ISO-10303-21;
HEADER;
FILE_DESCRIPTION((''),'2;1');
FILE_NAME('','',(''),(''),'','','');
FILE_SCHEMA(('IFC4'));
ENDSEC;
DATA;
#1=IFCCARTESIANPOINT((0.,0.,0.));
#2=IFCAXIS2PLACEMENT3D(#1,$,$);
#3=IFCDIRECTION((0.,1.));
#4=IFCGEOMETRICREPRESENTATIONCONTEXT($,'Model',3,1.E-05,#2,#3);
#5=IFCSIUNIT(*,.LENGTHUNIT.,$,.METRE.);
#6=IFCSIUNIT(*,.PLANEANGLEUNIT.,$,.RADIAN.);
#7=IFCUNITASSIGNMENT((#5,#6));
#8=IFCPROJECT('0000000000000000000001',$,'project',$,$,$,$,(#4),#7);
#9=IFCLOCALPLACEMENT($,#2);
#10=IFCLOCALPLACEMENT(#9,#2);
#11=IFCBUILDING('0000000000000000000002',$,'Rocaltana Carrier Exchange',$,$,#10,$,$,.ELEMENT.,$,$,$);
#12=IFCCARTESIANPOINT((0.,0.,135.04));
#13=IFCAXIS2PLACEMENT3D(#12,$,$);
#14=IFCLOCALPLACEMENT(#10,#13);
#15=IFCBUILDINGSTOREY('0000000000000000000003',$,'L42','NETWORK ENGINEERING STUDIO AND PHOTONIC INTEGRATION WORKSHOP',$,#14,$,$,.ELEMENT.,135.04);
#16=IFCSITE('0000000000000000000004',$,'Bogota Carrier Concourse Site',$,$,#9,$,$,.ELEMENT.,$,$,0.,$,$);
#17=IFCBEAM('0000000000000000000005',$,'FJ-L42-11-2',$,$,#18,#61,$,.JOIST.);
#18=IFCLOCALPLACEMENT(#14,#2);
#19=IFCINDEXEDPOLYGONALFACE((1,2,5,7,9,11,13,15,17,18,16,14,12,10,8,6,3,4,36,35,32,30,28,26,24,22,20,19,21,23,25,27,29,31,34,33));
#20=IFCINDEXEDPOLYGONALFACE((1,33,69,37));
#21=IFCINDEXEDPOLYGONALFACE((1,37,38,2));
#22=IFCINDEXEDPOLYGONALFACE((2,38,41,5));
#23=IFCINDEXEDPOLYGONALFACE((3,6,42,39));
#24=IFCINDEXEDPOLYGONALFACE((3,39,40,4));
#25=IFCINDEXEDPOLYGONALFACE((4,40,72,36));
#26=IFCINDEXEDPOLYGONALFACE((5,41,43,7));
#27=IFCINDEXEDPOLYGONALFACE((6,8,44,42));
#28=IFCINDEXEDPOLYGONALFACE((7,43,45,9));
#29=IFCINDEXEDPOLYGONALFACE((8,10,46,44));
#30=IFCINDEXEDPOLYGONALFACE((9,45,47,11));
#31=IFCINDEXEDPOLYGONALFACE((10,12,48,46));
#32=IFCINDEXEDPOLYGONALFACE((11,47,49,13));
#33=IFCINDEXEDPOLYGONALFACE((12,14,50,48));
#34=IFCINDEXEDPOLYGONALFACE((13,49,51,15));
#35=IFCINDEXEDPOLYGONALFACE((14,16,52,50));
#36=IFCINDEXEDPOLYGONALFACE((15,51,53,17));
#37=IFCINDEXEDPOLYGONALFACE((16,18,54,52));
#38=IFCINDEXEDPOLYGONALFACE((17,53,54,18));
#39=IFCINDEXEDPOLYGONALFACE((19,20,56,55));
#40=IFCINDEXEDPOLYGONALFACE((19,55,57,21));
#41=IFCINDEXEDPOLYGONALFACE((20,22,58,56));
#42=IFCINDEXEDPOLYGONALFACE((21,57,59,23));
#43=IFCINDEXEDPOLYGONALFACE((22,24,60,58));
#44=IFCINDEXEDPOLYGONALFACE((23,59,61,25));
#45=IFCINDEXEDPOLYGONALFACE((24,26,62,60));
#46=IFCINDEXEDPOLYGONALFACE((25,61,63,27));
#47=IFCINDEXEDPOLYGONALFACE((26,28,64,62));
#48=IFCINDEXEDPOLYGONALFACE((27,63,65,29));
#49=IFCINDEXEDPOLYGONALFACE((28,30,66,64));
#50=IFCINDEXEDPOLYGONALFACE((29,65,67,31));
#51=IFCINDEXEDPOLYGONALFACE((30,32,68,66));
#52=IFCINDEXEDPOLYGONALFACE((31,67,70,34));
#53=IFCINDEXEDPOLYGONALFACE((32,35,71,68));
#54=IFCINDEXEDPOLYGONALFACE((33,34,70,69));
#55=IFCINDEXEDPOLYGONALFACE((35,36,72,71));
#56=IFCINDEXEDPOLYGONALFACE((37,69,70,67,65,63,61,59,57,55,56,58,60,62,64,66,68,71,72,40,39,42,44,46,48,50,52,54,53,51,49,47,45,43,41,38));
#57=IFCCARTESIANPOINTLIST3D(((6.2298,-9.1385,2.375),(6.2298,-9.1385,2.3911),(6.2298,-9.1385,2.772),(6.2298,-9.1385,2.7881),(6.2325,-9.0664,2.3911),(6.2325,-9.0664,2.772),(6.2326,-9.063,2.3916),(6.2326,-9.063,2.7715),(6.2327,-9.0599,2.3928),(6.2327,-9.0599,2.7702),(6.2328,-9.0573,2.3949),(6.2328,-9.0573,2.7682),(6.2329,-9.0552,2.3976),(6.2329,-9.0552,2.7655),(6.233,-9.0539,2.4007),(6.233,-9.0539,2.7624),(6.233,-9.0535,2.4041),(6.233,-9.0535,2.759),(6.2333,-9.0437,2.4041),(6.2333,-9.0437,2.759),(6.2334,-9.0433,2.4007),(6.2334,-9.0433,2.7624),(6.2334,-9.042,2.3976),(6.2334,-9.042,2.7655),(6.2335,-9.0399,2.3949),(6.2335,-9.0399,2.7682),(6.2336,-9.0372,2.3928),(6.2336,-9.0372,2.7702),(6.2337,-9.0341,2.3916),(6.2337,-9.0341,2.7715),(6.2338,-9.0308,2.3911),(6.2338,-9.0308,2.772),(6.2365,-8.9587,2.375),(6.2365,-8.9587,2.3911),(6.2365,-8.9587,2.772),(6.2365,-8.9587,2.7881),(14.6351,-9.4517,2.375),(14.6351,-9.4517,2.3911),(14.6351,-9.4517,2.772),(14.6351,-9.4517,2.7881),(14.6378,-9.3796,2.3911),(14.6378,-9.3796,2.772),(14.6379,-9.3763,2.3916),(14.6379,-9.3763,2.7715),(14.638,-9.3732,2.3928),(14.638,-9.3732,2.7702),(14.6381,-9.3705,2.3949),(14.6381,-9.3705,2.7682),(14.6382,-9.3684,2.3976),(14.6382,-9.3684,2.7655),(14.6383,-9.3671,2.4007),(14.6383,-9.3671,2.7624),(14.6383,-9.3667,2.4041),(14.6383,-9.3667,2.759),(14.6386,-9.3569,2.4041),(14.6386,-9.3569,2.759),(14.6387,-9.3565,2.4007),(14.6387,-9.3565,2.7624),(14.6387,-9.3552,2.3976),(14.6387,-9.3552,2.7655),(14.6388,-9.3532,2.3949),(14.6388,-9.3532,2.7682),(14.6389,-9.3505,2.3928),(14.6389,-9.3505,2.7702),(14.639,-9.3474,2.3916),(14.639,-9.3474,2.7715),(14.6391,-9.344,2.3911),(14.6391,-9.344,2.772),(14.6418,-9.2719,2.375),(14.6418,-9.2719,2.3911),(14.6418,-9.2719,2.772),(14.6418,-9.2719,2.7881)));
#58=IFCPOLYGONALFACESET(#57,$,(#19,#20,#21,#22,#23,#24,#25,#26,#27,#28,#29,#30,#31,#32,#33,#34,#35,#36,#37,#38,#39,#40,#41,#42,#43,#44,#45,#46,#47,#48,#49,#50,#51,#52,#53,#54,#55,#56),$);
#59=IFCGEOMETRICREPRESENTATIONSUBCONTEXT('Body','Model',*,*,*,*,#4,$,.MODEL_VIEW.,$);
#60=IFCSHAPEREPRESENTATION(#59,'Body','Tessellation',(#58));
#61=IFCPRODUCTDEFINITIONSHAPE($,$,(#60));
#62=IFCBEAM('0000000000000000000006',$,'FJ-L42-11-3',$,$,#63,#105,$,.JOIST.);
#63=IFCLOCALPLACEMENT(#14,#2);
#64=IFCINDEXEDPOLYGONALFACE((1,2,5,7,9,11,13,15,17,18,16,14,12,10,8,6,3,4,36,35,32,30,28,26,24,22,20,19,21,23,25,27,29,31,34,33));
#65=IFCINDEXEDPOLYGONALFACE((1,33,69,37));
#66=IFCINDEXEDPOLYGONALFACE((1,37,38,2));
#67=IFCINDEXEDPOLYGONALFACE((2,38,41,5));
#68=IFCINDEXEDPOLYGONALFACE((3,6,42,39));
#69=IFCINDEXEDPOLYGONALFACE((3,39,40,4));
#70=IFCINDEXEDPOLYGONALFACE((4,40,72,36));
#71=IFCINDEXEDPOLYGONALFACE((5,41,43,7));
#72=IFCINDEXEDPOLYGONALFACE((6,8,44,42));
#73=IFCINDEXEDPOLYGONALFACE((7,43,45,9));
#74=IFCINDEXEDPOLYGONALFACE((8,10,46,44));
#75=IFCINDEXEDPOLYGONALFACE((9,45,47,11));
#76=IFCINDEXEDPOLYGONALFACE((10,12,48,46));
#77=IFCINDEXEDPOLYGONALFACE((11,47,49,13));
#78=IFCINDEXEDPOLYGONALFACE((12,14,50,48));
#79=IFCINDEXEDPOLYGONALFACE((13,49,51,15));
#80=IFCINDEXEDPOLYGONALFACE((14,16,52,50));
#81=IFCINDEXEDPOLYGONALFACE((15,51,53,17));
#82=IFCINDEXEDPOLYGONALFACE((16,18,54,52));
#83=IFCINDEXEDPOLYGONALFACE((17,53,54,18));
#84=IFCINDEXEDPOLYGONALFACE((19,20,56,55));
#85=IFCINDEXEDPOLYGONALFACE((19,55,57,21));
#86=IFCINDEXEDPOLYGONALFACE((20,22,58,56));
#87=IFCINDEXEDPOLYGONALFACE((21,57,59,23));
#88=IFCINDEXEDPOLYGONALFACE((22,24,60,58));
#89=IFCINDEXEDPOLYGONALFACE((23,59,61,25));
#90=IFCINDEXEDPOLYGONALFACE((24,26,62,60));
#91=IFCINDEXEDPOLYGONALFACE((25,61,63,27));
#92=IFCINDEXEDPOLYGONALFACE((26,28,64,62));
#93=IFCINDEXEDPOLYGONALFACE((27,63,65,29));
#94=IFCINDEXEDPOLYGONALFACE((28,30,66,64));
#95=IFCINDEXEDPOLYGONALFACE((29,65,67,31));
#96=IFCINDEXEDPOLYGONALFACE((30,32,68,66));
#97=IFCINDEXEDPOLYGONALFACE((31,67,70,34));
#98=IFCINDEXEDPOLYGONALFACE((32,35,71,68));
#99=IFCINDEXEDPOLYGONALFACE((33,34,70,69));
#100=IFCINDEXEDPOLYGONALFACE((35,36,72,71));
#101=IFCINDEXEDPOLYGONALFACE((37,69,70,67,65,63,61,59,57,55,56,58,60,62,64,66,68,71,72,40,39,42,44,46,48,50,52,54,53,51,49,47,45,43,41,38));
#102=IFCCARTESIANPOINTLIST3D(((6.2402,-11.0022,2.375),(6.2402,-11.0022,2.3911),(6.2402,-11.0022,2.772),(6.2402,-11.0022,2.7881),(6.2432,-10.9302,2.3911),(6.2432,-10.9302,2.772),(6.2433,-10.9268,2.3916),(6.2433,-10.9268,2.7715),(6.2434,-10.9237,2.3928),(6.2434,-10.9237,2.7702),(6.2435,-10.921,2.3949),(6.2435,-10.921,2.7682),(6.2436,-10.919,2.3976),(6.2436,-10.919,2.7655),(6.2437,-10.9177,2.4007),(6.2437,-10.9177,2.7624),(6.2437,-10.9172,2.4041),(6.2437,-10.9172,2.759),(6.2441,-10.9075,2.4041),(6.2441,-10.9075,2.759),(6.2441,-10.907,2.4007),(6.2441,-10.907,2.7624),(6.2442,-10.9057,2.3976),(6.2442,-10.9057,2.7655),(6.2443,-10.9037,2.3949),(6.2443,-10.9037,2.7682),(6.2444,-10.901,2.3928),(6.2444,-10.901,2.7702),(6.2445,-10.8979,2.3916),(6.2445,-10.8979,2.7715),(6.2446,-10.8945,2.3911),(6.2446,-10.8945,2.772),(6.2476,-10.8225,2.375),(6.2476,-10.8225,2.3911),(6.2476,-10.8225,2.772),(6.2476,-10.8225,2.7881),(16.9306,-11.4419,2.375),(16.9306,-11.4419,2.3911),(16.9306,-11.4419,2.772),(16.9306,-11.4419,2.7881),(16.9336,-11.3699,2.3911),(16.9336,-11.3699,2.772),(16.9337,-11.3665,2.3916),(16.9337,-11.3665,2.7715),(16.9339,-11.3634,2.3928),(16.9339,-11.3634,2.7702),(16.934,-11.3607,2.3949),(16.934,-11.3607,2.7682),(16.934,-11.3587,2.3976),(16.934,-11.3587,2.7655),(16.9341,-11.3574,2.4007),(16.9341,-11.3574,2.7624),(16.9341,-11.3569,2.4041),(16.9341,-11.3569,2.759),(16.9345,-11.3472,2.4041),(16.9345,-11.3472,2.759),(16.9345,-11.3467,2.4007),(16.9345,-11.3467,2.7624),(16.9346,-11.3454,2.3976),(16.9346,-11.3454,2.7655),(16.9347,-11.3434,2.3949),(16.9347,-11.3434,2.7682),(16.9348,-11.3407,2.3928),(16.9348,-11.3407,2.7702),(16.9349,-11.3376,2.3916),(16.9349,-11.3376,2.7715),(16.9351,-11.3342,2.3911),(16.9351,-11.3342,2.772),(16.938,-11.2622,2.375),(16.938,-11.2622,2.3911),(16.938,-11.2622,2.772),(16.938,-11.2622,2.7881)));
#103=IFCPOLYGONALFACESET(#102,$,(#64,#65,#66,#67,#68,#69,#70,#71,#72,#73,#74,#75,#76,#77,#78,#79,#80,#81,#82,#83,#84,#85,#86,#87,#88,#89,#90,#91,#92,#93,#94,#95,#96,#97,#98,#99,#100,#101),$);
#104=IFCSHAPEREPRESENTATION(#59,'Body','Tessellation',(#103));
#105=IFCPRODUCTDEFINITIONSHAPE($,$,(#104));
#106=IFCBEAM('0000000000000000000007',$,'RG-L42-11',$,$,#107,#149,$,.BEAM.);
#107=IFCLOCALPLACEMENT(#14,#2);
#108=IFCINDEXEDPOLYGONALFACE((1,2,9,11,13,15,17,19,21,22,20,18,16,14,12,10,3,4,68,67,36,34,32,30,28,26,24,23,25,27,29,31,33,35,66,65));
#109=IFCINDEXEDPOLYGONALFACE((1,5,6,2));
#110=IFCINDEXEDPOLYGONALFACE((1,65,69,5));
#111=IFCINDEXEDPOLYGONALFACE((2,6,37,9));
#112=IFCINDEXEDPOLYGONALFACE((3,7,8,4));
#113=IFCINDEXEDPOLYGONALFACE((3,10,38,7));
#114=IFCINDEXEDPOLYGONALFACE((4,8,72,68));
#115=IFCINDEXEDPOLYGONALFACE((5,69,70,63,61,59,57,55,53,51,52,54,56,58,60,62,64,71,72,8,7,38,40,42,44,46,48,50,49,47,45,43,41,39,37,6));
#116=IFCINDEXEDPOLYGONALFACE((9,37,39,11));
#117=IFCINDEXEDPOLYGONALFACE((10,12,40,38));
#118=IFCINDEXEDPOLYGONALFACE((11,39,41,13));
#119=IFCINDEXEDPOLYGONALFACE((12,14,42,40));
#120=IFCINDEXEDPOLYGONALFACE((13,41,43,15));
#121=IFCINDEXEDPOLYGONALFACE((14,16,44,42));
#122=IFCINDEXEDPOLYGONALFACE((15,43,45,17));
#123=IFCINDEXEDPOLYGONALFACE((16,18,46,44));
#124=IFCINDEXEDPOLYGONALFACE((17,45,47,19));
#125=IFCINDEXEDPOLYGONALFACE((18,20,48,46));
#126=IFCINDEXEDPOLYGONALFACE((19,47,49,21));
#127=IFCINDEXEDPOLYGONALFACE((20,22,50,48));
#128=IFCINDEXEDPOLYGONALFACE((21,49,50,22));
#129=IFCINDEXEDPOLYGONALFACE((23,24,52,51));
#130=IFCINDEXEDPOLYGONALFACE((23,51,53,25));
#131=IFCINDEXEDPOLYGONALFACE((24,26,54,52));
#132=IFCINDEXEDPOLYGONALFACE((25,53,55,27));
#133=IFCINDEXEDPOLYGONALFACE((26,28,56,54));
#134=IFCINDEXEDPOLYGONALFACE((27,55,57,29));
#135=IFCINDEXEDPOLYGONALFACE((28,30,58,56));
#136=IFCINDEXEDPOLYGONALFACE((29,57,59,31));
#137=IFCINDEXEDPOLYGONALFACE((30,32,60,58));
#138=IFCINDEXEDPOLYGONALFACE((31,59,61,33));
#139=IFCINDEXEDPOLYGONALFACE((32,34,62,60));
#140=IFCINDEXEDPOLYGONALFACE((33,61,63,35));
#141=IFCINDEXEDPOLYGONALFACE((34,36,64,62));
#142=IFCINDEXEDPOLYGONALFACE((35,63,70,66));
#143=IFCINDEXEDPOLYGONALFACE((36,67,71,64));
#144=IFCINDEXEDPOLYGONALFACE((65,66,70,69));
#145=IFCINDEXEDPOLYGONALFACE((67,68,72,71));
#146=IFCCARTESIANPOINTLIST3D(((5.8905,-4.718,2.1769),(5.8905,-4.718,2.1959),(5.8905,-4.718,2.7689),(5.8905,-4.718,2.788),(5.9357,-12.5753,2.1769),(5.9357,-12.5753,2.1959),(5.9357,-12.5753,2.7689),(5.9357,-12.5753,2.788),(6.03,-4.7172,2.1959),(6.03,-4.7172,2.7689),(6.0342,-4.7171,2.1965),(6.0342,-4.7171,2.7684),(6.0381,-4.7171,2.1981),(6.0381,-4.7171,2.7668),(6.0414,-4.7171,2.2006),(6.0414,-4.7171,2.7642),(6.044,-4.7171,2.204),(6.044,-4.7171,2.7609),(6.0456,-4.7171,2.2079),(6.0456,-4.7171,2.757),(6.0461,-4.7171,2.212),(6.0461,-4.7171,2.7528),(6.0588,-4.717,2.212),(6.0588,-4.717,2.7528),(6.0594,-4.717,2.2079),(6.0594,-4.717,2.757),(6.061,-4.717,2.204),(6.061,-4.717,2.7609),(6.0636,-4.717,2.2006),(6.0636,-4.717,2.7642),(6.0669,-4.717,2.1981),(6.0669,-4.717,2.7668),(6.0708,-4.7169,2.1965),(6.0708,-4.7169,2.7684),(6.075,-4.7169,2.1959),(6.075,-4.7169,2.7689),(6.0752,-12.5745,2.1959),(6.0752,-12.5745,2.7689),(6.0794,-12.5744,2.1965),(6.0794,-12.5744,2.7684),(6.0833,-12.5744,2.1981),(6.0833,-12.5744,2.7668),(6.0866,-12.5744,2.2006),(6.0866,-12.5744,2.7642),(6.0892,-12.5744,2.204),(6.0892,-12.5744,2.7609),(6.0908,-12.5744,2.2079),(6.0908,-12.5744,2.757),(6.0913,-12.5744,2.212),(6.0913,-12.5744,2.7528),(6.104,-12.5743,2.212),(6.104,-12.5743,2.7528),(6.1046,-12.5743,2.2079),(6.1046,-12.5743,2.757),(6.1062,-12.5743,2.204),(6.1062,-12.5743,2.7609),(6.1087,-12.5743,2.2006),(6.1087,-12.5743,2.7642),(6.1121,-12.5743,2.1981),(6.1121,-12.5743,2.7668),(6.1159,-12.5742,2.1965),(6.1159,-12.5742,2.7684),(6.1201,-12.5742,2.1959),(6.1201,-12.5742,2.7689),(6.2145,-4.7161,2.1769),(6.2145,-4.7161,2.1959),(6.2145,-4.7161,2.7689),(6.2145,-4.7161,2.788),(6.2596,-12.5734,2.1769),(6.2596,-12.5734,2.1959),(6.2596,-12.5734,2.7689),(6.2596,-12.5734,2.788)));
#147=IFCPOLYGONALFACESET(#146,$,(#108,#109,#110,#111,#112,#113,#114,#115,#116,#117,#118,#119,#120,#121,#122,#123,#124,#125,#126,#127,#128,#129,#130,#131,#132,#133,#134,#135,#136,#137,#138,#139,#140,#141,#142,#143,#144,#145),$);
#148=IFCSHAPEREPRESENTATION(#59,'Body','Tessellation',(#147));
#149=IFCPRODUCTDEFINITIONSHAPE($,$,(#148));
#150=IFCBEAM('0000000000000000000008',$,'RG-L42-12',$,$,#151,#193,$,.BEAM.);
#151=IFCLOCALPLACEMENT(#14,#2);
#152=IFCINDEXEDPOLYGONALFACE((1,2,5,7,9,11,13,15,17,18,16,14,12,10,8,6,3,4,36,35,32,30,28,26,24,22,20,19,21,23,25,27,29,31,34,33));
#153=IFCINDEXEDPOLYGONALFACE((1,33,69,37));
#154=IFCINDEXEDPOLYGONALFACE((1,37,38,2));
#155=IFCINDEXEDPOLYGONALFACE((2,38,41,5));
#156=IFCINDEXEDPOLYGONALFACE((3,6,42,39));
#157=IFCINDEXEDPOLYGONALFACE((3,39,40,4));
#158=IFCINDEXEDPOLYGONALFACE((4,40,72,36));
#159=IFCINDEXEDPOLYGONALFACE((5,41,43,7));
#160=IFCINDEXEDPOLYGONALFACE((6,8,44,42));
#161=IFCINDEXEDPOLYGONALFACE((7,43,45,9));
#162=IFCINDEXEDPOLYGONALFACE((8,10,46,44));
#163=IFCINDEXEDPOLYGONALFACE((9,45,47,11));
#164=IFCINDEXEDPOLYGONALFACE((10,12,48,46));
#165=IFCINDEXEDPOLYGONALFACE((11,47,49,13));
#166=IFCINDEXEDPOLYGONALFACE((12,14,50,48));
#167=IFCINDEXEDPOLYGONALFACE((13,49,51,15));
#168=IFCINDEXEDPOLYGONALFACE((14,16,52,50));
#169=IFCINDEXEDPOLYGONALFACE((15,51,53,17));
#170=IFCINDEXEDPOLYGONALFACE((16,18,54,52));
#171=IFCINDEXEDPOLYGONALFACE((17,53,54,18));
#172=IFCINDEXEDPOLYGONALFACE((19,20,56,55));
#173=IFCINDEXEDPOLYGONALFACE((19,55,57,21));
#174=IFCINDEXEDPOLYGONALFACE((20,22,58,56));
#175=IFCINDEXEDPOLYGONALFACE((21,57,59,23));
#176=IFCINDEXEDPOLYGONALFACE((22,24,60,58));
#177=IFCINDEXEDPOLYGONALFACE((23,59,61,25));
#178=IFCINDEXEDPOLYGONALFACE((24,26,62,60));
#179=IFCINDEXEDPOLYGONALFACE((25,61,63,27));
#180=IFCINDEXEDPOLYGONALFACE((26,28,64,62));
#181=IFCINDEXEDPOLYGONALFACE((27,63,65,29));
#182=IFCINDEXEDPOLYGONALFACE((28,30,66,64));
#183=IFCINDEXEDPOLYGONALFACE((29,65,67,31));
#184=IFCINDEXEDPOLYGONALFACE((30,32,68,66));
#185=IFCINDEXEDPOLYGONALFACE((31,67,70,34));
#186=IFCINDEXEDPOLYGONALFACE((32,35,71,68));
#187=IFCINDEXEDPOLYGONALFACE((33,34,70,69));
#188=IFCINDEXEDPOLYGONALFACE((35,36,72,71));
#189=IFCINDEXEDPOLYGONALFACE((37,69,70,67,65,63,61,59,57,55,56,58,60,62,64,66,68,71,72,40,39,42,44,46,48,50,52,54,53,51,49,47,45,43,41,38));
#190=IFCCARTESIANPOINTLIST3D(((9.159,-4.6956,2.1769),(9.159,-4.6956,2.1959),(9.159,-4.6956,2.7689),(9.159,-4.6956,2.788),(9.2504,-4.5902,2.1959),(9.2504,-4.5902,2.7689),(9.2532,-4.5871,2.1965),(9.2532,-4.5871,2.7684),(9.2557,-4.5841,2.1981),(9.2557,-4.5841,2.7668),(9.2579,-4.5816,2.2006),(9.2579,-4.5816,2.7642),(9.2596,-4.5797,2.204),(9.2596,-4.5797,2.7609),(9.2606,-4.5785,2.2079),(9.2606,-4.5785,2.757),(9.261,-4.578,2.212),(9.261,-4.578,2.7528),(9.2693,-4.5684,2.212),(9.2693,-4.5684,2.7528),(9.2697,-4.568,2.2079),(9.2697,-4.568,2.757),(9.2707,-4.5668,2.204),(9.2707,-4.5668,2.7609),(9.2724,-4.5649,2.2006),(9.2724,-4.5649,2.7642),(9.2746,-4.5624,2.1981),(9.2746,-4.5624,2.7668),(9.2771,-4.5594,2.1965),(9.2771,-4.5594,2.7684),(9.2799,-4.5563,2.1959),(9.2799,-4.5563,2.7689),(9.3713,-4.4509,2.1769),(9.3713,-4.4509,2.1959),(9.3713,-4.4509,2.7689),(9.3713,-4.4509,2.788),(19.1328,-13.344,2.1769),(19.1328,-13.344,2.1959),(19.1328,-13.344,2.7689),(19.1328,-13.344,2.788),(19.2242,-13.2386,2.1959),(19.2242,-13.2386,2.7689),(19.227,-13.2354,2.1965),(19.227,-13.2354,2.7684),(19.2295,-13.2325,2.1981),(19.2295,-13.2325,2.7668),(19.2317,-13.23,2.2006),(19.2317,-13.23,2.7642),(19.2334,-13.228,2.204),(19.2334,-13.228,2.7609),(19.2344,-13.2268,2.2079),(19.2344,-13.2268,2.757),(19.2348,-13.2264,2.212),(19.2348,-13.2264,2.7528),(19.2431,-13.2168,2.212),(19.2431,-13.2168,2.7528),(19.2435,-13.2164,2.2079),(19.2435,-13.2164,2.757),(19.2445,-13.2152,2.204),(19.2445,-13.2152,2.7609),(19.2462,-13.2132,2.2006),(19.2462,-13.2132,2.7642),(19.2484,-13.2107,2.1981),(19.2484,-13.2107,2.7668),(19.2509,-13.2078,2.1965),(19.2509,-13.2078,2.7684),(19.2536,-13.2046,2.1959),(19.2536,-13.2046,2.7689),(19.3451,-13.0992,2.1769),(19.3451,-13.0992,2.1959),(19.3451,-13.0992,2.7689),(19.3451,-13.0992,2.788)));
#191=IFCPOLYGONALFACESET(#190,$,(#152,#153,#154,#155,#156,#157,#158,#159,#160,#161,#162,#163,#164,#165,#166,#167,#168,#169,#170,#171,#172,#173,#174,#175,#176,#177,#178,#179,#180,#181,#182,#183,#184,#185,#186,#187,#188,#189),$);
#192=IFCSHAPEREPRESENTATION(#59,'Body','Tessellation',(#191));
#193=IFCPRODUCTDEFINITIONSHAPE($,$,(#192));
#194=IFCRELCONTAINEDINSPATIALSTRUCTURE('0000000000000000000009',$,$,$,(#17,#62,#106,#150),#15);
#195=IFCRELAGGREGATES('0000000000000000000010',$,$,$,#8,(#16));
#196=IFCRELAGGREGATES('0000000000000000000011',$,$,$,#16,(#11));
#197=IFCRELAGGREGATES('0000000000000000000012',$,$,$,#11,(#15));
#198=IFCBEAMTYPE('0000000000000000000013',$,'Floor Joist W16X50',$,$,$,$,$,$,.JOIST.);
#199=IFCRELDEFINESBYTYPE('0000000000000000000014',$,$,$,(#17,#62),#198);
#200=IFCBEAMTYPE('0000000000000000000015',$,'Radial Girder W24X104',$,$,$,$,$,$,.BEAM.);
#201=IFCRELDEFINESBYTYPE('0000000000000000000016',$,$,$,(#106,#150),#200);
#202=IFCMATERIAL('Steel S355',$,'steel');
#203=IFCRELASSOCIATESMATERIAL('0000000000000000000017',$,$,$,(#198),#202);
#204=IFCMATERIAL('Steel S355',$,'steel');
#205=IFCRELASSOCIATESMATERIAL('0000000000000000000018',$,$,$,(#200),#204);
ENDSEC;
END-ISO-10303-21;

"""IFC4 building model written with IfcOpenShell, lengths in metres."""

from ifc_helpers import new_model, si_unit, direction, frame, origin, origin_2d, place, context, subcontext, project, spatial, i_section, extrude, material, material_profile, profile_set, type_object, element, save


model = new_model("IFC4")

# Units and contexts
model_context = context("Model", 3, precision=1e-05, world=origin(), true_north=direction((0.0, 1.0)))
body_context = subcontext(model_context, "Body", "Model", "MODEL_VIEW")
ifc_project = project(units=[si_unit("LENGTHUNIT", "METRE"), si_unit("PLANEANGLEUNIT", "RADIAN")], contexts=[model_context])

# Site, building, storey
site_placement = place(None, origin())
site = spatial("IfcSite", under=ifc_project, at=site_placement, Name="Bogota Carrier Concourse Site", CompositionType="ELEMENT", RefElevation=0.0)
building_placement = place(site_placement, origin())
building = spatial("IfcBuilding", under=site, at=building_placement, Name="Rocaltana Carrier Exchange", CompositionType="ELEMENT")
storey_placement = place(building_placement, frame((0.0, 0.0, 135.04)))
storey = spatial("IfcBuildingStorey", under=building, at=storey_placement, Name="L42", Description="NETWORK ENGINEERING STUDIO AND PHOTONIC INTEGRATION WORKSHOP", CompositionType="ELEMENT", Elevation=135.04)

# Beams
ifc_material_1 = material(Name="Steel S355", Category="steel")
ifc_material_profile_1 = material_profile(ifc_material_1, i_section(OverallWidth=0.1799, OverallDepth=0.4131, WebThickness=0.0098, FlangeThickness=0.0161, FilletRadius=0.0129, at=origin_2d()), Name="W16X50")
ifc_profile_set_1 = profile_set([ifc_material_profile_1], Name="Steel S355")
beam_type_1 = type_object("IfcBeamType", Name="Floor Joist W16X50", PredefinedType="JOIST", material=ifc_profile_set_1)
beam_1_placement = place(storey_placement, frame((6.2332, -9.0486, 2.5815), z_axis=(0.999306, -0.03724, 0.0), x_axis=(0.03724, 0.999306, 0.0)))
element("IfcBeam", 1, at=beam_1_placement, inside=storey, type_object=beam_type_1, Name="FJ-L42-11-2", PredefinedType="JOIST", context=body_context, shape_type="SweptSolid", body=[
    extrude(i_section(OverallWidth=0.1799, OverallDepth=0.4131, WebThickness=0.0098, FlangeThickness=0.0161, FilletRadius=0.0129, at=origin_2d()), origin(), (0.0, 0.0, 1.0), 8.4111),
])
beam_2_placement = place(storey_placement, frame((6.2439, -10.9124, 2.5815), z_axis=(0.999155, -0.041095, 0.0), x_axis=(0.041095, 0.999155, 0.0)))
element("IfcBeam", 2, at=beam_2_placement, inside=storey, type_object=beam_type_1, Name="FJ-L42-11-3", PredefinedType="JOIST", context=body_context, shape_type="SweptSolid", body=[
    extrude(i_section(OverallWidth=0.1799, OverallDepth=0.4131, WebThickness=0.0098, FlangeThickness=0.0161, FilletRadius=0.0129, at=origin_2d()), origin(), (0.0, 0.0, 1.0), 10.6995),
])
ifc_material_2 = material(Name="Steel S355", Category="steel")
ifc_material_profile_2 = material_profile(ifc_material_2, i_section(OverallWidth=0.324, OverallDepth=0.6111, WebThickness=0.0127, FlangeThickness=0.019, FilletRadius=0.0161, at=origin_2d()), Name="W24X104")
ifc_profile_set_2 = profile_set([ifc_material_profile_2], Name="Steel S355")
beam_type_2 = type_object("IfcBeamType", Name="Radial Girder W24X104", PredefinedType="BEAM", material=ifc_profile_set_2)
beam_3_placement = place(storey_placement, frame((6.0525, -4.717, 2.4824), z_axis=(0.005748, -0.999983, 0.0), x_axis=(0.999983, 0.005748, 0.0)))
element("IfcBeam", 3, at=beam_3_placement, inside=storey, type_object=beam_type_2, Name="RG-L42-11", PredefinedType="BEAM", context=body_context, shape_type="SweptSolid", body=[
    extrude(i_section(OverallWidth=0.324, OverallDepth=0.6111, WebThickness=0.0127, FlangeThickness=0.019, FilletRadius=0.0161, at=origin_2d()), origin(), (0.0, 0.0, 1.0), 7.8574),
])
beam_4_placement = place(storey_placement, frame((9.2651, -4.5732, 2.4824), z_axis=(0.755524, -0.655121, 0.0), x_axis=(0.655121, 0.755524, 0.0)))
element("IfcBeam", 4, at=beam_4_placement, inside=storey, type_object=beam_type_2, Name="RG-L42-12", PredefinedType="BEAM", context=body_context, shape_type="SweptSolid", body=[
    extrude(i_section(OverallWidth=0.324, OverallDepth=0.6111, WebThickness=0.0127, FlangeThickness=0.019, FilletRadius=0.0161, at=origin_2d()), origin(), (0.0, 0.0, 1.0), 13.2012),
])

save(model, "model.ifc")
